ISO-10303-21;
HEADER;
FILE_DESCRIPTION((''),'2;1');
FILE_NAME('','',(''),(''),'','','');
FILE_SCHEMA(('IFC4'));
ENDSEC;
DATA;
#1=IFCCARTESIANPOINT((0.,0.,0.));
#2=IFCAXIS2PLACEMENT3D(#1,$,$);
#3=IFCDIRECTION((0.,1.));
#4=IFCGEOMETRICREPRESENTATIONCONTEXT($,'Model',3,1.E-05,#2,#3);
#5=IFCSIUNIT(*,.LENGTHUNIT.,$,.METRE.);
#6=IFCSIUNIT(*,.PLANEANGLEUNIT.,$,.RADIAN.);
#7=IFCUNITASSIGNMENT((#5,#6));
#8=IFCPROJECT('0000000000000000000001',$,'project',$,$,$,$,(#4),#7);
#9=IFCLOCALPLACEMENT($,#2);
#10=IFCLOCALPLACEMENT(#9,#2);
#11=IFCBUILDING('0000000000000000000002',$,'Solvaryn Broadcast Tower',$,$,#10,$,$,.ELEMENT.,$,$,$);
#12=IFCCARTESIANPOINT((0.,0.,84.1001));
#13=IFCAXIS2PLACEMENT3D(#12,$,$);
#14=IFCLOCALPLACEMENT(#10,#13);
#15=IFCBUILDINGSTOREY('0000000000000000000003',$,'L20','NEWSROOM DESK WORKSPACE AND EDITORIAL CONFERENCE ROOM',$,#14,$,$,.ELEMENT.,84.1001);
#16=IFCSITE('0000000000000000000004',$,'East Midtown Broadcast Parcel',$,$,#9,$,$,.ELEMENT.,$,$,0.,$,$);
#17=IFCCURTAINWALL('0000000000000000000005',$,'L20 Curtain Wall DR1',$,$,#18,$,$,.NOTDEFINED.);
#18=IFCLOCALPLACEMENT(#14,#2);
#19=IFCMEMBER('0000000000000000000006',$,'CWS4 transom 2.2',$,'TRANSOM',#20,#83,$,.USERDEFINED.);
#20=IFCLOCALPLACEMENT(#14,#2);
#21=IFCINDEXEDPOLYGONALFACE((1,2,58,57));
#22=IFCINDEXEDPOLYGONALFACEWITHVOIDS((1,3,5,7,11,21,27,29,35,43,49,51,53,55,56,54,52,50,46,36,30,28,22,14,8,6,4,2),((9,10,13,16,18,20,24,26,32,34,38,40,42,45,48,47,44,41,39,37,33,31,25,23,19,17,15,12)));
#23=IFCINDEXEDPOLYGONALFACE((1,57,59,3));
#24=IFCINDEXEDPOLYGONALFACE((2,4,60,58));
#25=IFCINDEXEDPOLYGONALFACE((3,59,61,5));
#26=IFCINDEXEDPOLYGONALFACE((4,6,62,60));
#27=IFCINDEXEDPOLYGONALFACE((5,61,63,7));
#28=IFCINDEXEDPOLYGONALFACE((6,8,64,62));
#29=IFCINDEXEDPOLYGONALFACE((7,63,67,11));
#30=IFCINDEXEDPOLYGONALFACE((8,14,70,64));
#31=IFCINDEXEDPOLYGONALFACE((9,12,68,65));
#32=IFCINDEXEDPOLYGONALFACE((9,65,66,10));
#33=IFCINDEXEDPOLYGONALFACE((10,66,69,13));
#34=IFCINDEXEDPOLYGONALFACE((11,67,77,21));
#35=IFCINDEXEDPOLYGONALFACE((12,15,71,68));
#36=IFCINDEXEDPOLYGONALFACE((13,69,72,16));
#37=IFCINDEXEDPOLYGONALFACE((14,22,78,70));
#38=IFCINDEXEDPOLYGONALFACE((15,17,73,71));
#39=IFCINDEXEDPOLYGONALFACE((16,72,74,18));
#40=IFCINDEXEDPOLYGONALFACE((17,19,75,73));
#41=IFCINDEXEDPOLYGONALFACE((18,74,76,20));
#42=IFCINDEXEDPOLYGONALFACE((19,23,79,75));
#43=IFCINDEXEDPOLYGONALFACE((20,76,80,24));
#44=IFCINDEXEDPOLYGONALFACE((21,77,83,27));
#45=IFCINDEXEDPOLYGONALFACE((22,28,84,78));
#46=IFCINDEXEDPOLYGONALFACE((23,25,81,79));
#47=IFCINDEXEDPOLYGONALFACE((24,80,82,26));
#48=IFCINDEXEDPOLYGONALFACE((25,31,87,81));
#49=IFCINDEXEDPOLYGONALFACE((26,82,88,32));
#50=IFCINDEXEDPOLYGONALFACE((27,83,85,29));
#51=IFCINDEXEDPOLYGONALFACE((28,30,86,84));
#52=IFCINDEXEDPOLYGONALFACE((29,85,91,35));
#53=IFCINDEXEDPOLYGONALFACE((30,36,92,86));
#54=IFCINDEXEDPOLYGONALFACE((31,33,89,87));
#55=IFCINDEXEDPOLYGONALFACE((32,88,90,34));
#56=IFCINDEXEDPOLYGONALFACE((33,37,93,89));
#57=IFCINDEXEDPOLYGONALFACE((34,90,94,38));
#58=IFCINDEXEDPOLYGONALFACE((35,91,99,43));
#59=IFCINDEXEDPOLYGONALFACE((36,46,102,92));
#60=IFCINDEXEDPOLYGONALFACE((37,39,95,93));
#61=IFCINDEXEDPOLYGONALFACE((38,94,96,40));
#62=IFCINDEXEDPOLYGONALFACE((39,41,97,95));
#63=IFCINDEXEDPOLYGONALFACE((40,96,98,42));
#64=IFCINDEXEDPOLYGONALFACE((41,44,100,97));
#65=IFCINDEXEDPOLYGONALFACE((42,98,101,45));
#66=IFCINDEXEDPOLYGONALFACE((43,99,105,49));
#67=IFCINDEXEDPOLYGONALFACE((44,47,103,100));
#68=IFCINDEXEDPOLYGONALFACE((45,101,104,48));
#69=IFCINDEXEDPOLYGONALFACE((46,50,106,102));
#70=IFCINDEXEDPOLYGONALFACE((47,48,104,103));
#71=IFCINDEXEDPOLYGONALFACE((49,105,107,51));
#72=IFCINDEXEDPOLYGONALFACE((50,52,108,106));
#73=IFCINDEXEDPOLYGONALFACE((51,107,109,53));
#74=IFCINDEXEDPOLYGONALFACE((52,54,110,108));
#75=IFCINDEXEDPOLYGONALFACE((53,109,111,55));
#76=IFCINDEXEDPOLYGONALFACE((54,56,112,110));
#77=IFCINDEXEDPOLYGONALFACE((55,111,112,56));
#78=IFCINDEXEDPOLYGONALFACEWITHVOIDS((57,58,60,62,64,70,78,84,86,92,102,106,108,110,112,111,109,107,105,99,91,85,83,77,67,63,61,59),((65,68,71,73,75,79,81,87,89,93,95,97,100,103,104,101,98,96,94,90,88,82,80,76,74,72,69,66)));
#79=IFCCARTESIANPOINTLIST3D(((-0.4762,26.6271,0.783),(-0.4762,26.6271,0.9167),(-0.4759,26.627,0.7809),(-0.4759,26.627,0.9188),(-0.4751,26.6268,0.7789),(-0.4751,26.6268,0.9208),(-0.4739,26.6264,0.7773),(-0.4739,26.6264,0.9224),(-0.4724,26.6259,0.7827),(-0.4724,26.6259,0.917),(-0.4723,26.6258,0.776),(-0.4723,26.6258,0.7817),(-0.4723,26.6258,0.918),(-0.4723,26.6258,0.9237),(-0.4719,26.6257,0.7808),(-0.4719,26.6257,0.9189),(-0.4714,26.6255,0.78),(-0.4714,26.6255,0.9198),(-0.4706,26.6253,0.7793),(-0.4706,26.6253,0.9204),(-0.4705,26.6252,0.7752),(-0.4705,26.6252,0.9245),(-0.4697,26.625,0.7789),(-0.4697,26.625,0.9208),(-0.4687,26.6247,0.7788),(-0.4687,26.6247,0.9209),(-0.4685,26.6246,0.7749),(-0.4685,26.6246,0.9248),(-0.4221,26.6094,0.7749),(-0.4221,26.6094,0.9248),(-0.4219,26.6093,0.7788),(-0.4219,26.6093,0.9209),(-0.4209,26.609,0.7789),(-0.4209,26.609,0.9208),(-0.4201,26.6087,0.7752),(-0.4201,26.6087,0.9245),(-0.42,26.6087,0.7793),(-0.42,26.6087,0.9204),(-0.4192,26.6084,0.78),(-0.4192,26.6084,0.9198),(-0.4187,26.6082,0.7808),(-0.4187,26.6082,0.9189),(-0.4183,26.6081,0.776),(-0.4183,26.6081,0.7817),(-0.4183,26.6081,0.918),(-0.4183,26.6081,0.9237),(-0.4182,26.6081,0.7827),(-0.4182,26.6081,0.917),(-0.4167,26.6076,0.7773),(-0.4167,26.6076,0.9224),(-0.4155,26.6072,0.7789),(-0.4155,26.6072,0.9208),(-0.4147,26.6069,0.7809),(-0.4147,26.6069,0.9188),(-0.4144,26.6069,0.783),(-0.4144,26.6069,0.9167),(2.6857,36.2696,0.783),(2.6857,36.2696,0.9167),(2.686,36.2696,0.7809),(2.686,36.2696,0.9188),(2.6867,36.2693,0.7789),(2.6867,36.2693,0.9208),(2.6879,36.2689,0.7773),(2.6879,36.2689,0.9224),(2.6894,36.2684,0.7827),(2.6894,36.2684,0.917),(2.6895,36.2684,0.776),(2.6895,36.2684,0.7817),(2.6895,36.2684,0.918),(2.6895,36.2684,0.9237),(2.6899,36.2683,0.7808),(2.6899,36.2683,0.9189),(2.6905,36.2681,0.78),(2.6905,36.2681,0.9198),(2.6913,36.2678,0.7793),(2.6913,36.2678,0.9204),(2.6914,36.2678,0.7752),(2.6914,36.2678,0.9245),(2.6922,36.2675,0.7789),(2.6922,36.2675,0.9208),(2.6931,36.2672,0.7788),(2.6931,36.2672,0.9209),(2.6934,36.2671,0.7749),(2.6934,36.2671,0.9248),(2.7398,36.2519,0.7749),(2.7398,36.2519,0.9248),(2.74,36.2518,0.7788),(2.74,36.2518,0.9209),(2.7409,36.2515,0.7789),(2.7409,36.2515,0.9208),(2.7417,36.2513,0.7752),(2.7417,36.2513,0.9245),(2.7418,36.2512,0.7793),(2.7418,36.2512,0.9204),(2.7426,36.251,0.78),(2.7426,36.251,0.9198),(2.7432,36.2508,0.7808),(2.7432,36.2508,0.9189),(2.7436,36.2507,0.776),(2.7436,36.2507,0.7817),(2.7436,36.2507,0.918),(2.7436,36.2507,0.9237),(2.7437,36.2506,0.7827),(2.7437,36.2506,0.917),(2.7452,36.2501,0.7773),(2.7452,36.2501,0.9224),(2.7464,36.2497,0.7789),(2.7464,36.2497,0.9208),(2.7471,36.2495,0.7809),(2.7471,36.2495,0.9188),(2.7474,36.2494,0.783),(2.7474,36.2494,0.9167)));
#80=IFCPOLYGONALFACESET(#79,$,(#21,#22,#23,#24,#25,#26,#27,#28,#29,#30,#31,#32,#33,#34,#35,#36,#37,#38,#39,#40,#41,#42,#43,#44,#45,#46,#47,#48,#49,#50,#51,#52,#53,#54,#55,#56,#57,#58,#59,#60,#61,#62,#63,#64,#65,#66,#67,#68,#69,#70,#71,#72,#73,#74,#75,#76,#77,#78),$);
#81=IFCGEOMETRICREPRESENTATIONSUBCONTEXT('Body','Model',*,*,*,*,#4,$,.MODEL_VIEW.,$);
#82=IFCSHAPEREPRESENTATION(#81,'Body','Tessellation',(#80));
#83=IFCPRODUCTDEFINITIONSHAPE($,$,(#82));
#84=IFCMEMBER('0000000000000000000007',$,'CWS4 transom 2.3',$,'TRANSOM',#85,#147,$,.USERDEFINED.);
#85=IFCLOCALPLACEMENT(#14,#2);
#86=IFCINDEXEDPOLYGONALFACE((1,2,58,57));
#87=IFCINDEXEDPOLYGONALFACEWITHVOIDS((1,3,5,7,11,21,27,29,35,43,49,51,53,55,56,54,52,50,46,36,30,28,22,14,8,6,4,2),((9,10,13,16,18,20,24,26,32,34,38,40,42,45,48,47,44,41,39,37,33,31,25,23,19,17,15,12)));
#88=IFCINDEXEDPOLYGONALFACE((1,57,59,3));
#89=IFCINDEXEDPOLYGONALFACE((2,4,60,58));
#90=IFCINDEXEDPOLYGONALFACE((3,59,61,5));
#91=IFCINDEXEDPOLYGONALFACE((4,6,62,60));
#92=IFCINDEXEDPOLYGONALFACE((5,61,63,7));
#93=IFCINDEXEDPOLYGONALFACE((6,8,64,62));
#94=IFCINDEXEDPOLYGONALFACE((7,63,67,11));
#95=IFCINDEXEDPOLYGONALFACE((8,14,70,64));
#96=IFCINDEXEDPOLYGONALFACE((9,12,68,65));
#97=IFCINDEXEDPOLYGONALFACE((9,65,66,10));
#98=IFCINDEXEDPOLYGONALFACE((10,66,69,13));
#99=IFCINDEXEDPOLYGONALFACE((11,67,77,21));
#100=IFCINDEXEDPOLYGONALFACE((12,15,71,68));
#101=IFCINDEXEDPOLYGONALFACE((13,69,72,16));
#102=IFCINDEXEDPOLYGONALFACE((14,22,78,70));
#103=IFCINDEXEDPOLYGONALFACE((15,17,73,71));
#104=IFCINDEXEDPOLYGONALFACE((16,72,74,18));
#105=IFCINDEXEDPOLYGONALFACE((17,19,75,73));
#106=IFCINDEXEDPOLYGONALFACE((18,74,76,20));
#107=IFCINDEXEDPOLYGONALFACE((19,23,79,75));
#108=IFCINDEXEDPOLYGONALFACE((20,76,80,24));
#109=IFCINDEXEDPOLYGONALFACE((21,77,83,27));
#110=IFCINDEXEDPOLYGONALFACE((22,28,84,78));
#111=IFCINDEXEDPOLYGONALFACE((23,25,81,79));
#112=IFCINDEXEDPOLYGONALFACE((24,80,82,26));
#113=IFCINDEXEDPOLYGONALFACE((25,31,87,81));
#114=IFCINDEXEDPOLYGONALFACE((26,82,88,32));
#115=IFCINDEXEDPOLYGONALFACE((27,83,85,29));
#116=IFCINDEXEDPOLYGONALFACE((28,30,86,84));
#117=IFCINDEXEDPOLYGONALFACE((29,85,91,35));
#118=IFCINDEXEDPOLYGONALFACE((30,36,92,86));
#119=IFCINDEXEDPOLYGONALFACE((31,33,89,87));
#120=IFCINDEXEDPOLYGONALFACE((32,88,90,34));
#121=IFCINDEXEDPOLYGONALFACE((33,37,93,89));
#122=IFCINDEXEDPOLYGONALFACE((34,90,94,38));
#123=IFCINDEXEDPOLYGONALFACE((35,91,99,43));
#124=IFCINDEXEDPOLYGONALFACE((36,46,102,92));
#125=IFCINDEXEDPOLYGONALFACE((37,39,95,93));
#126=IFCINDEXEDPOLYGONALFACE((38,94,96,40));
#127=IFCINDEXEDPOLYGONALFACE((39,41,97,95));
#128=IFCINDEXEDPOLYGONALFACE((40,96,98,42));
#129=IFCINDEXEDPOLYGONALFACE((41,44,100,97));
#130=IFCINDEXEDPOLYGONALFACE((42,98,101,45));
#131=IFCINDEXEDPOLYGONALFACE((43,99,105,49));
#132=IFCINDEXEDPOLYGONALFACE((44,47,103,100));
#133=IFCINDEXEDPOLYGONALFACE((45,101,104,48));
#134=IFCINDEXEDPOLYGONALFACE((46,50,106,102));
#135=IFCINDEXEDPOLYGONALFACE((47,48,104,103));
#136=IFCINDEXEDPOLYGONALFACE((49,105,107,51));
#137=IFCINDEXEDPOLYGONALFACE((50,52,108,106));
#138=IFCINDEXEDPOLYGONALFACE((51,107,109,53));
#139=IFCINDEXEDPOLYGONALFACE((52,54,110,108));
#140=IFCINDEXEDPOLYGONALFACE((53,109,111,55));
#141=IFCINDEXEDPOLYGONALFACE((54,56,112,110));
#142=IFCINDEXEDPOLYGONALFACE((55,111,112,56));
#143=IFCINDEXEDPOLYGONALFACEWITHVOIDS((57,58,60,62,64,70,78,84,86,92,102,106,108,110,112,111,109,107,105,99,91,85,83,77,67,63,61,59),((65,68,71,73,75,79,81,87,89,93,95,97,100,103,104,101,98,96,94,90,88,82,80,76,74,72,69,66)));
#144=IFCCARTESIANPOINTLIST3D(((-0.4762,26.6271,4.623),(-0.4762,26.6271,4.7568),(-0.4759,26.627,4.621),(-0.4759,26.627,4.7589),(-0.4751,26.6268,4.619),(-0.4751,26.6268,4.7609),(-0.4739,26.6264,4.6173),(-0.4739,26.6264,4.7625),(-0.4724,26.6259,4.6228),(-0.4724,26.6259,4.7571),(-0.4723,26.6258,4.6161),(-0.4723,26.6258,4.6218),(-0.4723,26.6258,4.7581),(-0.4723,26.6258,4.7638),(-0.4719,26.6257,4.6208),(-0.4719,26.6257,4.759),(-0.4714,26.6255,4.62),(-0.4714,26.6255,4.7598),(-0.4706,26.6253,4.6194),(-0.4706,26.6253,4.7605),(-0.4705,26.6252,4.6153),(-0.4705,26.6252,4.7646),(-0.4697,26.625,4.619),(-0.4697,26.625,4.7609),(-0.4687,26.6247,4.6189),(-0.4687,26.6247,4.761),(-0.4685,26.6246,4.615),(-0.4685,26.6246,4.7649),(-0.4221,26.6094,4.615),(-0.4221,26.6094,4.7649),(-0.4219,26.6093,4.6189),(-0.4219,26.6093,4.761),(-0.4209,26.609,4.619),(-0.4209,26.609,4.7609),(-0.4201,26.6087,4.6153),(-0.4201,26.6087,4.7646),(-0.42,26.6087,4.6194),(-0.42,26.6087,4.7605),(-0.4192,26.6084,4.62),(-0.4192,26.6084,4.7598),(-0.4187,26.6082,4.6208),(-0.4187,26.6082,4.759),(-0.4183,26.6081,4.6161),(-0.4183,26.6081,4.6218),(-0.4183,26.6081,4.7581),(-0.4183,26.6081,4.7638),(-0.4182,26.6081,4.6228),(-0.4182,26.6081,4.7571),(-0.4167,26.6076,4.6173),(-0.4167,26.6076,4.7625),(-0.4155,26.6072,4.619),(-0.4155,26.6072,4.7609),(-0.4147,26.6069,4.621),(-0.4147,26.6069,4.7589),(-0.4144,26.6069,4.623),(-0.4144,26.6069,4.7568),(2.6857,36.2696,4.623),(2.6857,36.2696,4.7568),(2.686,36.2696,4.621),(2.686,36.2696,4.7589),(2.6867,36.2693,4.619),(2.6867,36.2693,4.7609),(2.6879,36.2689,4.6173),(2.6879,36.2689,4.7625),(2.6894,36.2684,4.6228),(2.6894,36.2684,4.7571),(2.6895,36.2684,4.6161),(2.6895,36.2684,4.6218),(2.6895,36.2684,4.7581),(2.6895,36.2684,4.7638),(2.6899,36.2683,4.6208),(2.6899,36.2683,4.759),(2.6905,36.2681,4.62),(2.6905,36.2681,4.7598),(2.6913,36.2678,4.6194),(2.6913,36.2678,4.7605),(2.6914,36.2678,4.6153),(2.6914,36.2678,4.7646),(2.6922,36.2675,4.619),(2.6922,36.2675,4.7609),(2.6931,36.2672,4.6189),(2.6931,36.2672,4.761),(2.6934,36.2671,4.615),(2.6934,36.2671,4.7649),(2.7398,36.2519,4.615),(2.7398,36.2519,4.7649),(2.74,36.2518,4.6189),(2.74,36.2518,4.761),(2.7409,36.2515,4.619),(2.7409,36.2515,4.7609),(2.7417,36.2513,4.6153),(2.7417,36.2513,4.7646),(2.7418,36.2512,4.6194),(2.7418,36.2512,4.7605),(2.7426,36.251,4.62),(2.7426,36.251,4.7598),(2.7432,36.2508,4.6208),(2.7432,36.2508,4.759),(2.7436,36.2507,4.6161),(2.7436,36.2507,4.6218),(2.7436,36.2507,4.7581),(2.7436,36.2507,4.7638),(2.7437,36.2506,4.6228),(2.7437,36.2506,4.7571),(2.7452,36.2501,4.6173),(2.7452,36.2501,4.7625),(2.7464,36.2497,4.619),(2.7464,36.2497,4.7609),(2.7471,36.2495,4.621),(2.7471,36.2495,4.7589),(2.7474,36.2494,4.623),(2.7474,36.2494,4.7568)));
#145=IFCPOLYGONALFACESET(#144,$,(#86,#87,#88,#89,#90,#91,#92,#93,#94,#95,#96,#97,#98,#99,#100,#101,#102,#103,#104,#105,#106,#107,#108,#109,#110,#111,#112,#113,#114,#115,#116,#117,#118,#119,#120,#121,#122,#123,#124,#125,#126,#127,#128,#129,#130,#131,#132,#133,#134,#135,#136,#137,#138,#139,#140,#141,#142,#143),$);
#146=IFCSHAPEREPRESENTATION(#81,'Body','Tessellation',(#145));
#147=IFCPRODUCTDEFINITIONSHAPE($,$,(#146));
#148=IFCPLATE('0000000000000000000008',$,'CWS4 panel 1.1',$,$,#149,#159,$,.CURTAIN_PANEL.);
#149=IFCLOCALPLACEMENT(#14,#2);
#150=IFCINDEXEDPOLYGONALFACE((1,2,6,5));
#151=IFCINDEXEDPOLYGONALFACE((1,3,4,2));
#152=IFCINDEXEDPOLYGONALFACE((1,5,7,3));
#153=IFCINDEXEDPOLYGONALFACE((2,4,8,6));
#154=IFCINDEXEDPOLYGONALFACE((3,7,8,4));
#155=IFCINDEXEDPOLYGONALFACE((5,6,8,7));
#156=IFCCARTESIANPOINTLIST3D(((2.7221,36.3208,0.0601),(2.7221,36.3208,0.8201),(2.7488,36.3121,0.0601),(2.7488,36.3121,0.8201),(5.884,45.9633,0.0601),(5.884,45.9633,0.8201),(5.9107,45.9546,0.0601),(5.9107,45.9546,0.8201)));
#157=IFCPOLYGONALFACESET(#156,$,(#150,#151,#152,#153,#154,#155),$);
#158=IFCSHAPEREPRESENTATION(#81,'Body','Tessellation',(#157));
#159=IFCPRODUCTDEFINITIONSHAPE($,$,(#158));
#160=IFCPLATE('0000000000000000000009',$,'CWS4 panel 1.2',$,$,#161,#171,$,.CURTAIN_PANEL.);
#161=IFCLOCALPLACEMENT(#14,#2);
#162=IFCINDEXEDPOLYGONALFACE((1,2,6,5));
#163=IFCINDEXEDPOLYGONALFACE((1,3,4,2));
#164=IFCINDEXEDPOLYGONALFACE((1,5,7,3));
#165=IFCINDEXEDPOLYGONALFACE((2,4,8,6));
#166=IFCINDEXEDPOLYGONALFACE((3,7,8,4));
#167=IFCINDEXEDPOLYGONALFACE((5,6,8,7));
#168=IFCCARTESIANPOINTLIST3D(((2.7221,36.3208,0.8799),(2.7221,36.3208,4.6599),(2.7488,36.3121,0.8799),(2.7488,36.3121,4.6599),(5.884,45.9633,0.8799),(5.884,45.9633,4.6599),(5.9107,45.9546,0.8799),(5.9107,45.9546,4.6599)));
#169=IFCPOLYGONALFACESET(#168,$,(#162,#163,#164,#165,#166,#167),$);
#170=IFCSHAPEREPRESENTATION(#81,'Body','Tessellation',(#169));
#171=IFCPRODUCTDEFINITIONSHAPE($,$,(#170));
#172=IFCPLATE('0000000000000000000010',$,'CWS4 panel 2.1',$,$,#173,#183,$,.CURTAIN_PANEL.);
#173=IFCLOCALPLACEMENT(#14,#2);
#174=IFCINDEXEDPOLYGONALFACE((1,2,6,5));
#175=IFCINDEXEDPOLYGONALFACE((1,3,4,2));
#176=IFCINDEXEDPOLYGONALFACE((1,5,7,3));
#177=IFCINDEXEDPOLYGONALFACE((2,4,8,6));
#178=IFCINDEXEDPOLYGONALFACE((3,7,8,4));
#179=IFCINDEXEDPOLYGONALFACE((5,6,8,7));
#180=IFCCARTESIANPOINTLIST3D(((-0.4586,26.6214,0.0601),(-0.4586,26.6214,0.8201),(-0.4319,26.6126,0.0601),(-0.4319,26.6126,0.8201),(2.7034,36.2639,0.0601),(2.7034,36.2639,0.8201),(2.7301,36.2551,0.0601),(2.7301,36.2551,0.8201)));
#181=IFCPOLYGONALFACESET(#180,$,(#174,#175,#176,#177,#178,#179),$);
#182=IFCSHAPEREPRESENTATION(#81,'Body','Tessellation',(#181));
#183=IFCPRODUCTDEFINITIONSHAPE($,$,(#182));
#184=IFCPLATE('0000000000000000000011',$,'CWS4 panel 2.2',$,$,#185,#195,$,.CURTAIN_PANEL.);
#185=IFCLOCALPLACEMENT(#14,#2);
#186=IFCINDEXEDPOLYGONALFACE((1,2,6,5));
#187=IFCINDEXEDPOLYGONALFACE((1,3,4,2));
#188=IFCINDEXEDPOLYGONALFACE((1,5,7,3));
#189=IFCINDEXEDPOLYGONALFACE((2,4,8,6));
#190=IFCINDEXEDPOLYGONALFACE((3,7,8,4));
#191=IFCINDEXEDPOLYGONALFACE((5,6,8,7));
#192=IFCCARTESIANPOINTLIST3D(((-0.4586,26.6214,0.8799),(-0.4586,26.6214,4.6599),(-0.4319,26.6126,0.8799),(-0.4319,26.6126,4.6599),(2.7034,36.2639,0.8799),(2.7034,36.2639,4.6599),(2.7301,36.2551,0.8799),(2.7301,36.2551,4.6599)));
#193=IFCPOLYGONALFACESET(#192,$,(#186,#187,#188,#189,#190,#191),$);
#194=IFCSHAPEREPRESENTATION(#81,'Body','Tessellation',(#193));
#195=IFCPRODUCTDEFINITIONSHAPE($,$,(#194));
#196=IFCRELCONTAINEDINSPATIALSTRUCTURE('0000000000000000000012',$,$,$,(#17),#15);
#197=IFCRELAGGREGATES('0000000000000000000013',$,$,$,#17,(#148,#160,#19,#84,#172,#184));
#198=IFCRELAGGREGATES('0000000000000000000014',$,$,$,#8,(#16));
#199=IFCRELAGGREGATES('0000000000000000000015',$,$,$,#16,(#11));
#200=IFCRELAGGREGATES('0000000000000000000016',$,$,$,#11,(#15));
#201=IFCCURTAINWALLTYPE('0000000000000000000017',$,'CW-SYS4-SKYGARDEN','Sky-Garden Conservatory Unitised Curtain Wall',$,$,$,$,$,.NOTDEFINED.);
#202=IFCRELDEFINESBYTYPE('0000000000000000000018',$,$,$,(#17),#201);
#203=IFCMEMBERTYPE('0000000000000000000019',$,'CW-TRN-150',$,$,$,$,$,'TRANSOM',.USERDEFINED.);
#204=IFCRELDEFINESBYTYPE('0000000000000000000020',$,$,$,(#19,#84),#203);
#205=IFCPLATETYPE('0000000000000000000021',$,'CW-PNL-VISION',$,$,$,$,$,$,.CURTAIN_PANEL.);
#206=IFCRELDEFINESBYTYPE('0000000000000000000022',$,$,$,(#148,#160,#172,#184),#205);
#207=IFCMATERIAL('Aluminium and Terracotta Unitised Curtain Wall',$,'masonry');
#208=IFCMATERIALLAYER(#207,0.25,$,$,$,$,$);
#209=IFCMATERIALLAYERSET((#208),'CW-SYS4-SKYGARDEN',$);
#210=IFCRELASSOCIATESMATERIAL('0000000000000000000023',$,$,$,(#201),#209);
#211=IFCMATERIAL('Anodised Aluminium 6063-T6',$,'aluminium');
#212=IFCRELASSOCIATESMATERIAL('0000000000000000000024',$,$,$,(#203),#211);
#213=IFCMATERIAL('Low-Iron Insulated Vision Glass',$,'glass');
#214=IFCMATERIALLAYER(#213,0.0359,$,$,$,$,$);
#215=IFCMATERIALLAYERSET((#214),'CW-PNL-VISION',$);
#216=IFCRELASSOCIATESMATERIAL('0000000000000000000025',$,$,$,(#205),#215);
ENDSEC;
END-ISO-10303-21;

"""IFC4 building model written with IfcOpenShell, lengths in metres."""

from ifc_helpers import new_model, si_unit, direction, frame, origin, origin_2d, place, context, subcontext, project, spatial, rectangle, hollow_rectangle, extrude, material, layer, layer_set, material_profile, profile_set, type_object, element, aggregate, save


model = new_model("IFC4")

# Units and contexts
model_context = context("Model", 3, precision=1e-05, world=origin(), true_north=direction((0.0, 1.0)))
body_context = subcontext(model_context, "Body", "Model", "MODEL_VIEW")
ifc_project = project(units=[si_unit("LENGTHUNIT", "METRE"), si_unit("PLANEANGLEUNIT", "RADIAN")], contexts=[model_context])

# Site, building, storey
site_placement = place(None, origin())
site = spatial("IfcSite", under=ifc_project, at=site_placement, Name="East Midtown Broadcast Parcel", CompositionType="ELEMENT", RefElevation=0.0)
building_placement = place(site_placement, origin())
building = spatial("IfcBuilding", under=site, at=building_placement, Name="Solvaryn Broadcast Tower", CompositionType="ELEMENT")
storey_placement = place(building_placement, frame((0.0, 0.0, 84.1001)))
storey = spatial("IfcBuildingStorey", under=building, at=storey_placement, Name="L20", Description="NEWSROOM DESK WORKSPACE AND EDITORIAL CONFERENCE ROOM", CompositionType="ELEMENT", Elevation=84.1001)

# Curtain wall, members, plates
ifc_material_1 = material(Name="Aluminium and Terracotta Unitised Curtain Wall", Category="masonry")
ifc_layer_1 = layer(ifc_material_1, 0.25)
ifc_layer_set_1 = layer_set([ifc_layer_1], Name="CW-SYS4-SKYGARDEN")
curtain_wall_type = type_object("IfcCurtainWallType", Name="CW-SYS4-SKYGARDEN", Description="Sky-Garden Conservatory Unitised Curtain Wall", PredefinedType="NOTDEFINED", material=ifc_layer_set_1)
curtain_wall_placement = place(storey_placement, origin())
curtain_wall = element("IfcCurtainWall", 1, at=curtain_wall_placement, inside=storey, type_object=curtain_wall_type, Name="L20 Curtain Wall DR1", PredefinedType="NOTDEFINED")
ifc_material_2 = material(Name="Anodised Aluminium 6063-T6", Category="aluminium")
ifc_material_profile_1 = material_profile(ifc_material_2, hollow_rectangle(XDim=0.0649, YDim=0.1499, WallThickness=0.0039, InnerFilletRadius=0.0039, OuterFilletRadius=0.0081, at=origin_2d()))
ifc_profile_set_1 = profile_set([ifc_material_profile_1], Name="Anodised Aluminium 6063-T6")
member_type_1 = type_object("IfcMemberType", Name="CW-TRN-150", ElementType="TRANSOM", PredefinedType="USERDEFINED", material=ifc_profile_set_1)
member_1_placement = place(storey_placement, frame((2.7166, 36.2595, 0.8499), z_axis=(-0.311583, -0.950219, 0.0), x_axis=(0.950219, -0.311583, 0.0)))
member_1 = element("IfcMember", 2, at=member_1_placement, type_object=member_type_1, Name="CWS4 transom 2.2", ObjectType="TRANSOM", PredefinedType="USERDEFINED", context=body_context, shape_type="SweptSolid", body=[
    extrude(hollow_rectangle(XDim=0.0649, YDim=0.1499, WallThickness=0.0039, InnerFilletRadius=0.0039, OuterFilletRadius=0.0081, at=origin_2d()), origin(), (0.0, 0.0, 1.0), 10.1477),
])
member_2_placement = place(storey_placement, frame((2.7166, 36.2595, 4.6899), z_axis=(-0.311583, -0.950219, 0.0), x_axis=(0.950219, -0.311583, 0.0)))
member_2 = element("IfcMember", 3, at=member_2_placement, type_object=member_type_1, Name="CWS4 transom 2.3", ObjectType="TRANSOM", PredefinedType="USERDEFINED", context=body_context, shape_type="SweptSolid", body=[
    extrude(hollow_rectangle(XDim=0.0649, YDim=0.1499, WallThickness=0.0039, InnerFilletRadius=0.0039, OuterFilletRadius=0.0081, at=origin_2d()), origin(), (0.0, 0.0, 1.0), 10.1477),
])
ifc_material_3 = material(Name="Low-Iron Insulated Vision Glass", Category="glass")
ifc_layer_2 = layer(ifc_material_3, 0.0359)
ifc_layer_set_2 = layer_set([ifc_layer_2], Name="CW-PNL-VISION")
plate_type = type_object("IfcPlateType", Name="CW-PNL-VISION", PredefinedType="CURTAIN_PANEL", material=ifc_layer_set_2)
plate_1_placement = place(storey_placement, frame((4.3164, 41.1377, 0.0601), z_axis=(0.0, 0.0, 1.0), x_axis=(-0.311594, -0.950215, 0.0)))
plate_1 = element("IfcPlate", 4, at=plate_1_placement, type_object=plate_type, Name="CWS4 panel 1.1", PredefinedType="CURTAIN_PANEL", context=body_context, shape_type="SweptSolid", body=[
    extrude(rectangle(XDim=10.1477, YDim=0.0281, at=origin_2d()), origin(), (0.0, 0.0, 1.0), 0.76),
])
plate_2_placement = place(storey_placement, frame((4.3164, 41.1377, 0.8799), z_axis=(0.0, 0.0, 1.0), x_axis=(-0.311594, -0.950215, 0.0)))
plate_2 = element("IfcPlate", 5, at=plate_2_placement, type_object=plate_type, Name="CWS4 panel 1.2", PredefinedType="CURTAIN_PANEL", context=body_context, shape_type="SweptSolid", body=[
    extrude(rectangle(XDim=10.1477, YDim=0.0281, at=origin_2d()), origin(), (0.0, 0.0, 1.0), 3.78),
])
plate_3_placement = place(storey_placement, frame((1.1357, 31.4382, 0.0601), z_axis=(0.0, 0.0, 1.0), x_axis=(-0.311594, -0.950215, 0.0)))
plate_3 = element("IfcPlate", 6, at=plate_3_placement, type_object=plate_type, Name="CWS4 panel 2.1", PredefinedType="CURTAIN_PANEL", context=body_context, shape_type="SweptSolid", body=[
    extrude(rectangle(XDim=10.1477, YDim=0.0281, at=origin_2d()), origin(), (0.0, 0.0, 1.0), 0.76),
])
plate_4_placement = place(storey_placement, frame((1.1357, 31.4382, 0.8799), z_axis=(0.0, 0.0, 1.0), x_axis=(-0.311594, -0.950215, 0.0)))
plate_4 = element("IfcPlate", 7, at=plate_4_placement, type_object=plate_type, Name="CWS4 panel 2.2", PredefinedType="CURTAIN_PANEL", context=body_context, shape_type="SweptSolid", body=[
    extrude(rectangle(XDim=10.1477, YDim=0.0281, at=origin_2d()), origin(), (0.0, 0.0, 1.0), 3.78),
])
aggregate(curtain_wall, [plate_1, plate_2, member_1, member_2, plate_3, plate_4])

save(model, "model.ifc")
